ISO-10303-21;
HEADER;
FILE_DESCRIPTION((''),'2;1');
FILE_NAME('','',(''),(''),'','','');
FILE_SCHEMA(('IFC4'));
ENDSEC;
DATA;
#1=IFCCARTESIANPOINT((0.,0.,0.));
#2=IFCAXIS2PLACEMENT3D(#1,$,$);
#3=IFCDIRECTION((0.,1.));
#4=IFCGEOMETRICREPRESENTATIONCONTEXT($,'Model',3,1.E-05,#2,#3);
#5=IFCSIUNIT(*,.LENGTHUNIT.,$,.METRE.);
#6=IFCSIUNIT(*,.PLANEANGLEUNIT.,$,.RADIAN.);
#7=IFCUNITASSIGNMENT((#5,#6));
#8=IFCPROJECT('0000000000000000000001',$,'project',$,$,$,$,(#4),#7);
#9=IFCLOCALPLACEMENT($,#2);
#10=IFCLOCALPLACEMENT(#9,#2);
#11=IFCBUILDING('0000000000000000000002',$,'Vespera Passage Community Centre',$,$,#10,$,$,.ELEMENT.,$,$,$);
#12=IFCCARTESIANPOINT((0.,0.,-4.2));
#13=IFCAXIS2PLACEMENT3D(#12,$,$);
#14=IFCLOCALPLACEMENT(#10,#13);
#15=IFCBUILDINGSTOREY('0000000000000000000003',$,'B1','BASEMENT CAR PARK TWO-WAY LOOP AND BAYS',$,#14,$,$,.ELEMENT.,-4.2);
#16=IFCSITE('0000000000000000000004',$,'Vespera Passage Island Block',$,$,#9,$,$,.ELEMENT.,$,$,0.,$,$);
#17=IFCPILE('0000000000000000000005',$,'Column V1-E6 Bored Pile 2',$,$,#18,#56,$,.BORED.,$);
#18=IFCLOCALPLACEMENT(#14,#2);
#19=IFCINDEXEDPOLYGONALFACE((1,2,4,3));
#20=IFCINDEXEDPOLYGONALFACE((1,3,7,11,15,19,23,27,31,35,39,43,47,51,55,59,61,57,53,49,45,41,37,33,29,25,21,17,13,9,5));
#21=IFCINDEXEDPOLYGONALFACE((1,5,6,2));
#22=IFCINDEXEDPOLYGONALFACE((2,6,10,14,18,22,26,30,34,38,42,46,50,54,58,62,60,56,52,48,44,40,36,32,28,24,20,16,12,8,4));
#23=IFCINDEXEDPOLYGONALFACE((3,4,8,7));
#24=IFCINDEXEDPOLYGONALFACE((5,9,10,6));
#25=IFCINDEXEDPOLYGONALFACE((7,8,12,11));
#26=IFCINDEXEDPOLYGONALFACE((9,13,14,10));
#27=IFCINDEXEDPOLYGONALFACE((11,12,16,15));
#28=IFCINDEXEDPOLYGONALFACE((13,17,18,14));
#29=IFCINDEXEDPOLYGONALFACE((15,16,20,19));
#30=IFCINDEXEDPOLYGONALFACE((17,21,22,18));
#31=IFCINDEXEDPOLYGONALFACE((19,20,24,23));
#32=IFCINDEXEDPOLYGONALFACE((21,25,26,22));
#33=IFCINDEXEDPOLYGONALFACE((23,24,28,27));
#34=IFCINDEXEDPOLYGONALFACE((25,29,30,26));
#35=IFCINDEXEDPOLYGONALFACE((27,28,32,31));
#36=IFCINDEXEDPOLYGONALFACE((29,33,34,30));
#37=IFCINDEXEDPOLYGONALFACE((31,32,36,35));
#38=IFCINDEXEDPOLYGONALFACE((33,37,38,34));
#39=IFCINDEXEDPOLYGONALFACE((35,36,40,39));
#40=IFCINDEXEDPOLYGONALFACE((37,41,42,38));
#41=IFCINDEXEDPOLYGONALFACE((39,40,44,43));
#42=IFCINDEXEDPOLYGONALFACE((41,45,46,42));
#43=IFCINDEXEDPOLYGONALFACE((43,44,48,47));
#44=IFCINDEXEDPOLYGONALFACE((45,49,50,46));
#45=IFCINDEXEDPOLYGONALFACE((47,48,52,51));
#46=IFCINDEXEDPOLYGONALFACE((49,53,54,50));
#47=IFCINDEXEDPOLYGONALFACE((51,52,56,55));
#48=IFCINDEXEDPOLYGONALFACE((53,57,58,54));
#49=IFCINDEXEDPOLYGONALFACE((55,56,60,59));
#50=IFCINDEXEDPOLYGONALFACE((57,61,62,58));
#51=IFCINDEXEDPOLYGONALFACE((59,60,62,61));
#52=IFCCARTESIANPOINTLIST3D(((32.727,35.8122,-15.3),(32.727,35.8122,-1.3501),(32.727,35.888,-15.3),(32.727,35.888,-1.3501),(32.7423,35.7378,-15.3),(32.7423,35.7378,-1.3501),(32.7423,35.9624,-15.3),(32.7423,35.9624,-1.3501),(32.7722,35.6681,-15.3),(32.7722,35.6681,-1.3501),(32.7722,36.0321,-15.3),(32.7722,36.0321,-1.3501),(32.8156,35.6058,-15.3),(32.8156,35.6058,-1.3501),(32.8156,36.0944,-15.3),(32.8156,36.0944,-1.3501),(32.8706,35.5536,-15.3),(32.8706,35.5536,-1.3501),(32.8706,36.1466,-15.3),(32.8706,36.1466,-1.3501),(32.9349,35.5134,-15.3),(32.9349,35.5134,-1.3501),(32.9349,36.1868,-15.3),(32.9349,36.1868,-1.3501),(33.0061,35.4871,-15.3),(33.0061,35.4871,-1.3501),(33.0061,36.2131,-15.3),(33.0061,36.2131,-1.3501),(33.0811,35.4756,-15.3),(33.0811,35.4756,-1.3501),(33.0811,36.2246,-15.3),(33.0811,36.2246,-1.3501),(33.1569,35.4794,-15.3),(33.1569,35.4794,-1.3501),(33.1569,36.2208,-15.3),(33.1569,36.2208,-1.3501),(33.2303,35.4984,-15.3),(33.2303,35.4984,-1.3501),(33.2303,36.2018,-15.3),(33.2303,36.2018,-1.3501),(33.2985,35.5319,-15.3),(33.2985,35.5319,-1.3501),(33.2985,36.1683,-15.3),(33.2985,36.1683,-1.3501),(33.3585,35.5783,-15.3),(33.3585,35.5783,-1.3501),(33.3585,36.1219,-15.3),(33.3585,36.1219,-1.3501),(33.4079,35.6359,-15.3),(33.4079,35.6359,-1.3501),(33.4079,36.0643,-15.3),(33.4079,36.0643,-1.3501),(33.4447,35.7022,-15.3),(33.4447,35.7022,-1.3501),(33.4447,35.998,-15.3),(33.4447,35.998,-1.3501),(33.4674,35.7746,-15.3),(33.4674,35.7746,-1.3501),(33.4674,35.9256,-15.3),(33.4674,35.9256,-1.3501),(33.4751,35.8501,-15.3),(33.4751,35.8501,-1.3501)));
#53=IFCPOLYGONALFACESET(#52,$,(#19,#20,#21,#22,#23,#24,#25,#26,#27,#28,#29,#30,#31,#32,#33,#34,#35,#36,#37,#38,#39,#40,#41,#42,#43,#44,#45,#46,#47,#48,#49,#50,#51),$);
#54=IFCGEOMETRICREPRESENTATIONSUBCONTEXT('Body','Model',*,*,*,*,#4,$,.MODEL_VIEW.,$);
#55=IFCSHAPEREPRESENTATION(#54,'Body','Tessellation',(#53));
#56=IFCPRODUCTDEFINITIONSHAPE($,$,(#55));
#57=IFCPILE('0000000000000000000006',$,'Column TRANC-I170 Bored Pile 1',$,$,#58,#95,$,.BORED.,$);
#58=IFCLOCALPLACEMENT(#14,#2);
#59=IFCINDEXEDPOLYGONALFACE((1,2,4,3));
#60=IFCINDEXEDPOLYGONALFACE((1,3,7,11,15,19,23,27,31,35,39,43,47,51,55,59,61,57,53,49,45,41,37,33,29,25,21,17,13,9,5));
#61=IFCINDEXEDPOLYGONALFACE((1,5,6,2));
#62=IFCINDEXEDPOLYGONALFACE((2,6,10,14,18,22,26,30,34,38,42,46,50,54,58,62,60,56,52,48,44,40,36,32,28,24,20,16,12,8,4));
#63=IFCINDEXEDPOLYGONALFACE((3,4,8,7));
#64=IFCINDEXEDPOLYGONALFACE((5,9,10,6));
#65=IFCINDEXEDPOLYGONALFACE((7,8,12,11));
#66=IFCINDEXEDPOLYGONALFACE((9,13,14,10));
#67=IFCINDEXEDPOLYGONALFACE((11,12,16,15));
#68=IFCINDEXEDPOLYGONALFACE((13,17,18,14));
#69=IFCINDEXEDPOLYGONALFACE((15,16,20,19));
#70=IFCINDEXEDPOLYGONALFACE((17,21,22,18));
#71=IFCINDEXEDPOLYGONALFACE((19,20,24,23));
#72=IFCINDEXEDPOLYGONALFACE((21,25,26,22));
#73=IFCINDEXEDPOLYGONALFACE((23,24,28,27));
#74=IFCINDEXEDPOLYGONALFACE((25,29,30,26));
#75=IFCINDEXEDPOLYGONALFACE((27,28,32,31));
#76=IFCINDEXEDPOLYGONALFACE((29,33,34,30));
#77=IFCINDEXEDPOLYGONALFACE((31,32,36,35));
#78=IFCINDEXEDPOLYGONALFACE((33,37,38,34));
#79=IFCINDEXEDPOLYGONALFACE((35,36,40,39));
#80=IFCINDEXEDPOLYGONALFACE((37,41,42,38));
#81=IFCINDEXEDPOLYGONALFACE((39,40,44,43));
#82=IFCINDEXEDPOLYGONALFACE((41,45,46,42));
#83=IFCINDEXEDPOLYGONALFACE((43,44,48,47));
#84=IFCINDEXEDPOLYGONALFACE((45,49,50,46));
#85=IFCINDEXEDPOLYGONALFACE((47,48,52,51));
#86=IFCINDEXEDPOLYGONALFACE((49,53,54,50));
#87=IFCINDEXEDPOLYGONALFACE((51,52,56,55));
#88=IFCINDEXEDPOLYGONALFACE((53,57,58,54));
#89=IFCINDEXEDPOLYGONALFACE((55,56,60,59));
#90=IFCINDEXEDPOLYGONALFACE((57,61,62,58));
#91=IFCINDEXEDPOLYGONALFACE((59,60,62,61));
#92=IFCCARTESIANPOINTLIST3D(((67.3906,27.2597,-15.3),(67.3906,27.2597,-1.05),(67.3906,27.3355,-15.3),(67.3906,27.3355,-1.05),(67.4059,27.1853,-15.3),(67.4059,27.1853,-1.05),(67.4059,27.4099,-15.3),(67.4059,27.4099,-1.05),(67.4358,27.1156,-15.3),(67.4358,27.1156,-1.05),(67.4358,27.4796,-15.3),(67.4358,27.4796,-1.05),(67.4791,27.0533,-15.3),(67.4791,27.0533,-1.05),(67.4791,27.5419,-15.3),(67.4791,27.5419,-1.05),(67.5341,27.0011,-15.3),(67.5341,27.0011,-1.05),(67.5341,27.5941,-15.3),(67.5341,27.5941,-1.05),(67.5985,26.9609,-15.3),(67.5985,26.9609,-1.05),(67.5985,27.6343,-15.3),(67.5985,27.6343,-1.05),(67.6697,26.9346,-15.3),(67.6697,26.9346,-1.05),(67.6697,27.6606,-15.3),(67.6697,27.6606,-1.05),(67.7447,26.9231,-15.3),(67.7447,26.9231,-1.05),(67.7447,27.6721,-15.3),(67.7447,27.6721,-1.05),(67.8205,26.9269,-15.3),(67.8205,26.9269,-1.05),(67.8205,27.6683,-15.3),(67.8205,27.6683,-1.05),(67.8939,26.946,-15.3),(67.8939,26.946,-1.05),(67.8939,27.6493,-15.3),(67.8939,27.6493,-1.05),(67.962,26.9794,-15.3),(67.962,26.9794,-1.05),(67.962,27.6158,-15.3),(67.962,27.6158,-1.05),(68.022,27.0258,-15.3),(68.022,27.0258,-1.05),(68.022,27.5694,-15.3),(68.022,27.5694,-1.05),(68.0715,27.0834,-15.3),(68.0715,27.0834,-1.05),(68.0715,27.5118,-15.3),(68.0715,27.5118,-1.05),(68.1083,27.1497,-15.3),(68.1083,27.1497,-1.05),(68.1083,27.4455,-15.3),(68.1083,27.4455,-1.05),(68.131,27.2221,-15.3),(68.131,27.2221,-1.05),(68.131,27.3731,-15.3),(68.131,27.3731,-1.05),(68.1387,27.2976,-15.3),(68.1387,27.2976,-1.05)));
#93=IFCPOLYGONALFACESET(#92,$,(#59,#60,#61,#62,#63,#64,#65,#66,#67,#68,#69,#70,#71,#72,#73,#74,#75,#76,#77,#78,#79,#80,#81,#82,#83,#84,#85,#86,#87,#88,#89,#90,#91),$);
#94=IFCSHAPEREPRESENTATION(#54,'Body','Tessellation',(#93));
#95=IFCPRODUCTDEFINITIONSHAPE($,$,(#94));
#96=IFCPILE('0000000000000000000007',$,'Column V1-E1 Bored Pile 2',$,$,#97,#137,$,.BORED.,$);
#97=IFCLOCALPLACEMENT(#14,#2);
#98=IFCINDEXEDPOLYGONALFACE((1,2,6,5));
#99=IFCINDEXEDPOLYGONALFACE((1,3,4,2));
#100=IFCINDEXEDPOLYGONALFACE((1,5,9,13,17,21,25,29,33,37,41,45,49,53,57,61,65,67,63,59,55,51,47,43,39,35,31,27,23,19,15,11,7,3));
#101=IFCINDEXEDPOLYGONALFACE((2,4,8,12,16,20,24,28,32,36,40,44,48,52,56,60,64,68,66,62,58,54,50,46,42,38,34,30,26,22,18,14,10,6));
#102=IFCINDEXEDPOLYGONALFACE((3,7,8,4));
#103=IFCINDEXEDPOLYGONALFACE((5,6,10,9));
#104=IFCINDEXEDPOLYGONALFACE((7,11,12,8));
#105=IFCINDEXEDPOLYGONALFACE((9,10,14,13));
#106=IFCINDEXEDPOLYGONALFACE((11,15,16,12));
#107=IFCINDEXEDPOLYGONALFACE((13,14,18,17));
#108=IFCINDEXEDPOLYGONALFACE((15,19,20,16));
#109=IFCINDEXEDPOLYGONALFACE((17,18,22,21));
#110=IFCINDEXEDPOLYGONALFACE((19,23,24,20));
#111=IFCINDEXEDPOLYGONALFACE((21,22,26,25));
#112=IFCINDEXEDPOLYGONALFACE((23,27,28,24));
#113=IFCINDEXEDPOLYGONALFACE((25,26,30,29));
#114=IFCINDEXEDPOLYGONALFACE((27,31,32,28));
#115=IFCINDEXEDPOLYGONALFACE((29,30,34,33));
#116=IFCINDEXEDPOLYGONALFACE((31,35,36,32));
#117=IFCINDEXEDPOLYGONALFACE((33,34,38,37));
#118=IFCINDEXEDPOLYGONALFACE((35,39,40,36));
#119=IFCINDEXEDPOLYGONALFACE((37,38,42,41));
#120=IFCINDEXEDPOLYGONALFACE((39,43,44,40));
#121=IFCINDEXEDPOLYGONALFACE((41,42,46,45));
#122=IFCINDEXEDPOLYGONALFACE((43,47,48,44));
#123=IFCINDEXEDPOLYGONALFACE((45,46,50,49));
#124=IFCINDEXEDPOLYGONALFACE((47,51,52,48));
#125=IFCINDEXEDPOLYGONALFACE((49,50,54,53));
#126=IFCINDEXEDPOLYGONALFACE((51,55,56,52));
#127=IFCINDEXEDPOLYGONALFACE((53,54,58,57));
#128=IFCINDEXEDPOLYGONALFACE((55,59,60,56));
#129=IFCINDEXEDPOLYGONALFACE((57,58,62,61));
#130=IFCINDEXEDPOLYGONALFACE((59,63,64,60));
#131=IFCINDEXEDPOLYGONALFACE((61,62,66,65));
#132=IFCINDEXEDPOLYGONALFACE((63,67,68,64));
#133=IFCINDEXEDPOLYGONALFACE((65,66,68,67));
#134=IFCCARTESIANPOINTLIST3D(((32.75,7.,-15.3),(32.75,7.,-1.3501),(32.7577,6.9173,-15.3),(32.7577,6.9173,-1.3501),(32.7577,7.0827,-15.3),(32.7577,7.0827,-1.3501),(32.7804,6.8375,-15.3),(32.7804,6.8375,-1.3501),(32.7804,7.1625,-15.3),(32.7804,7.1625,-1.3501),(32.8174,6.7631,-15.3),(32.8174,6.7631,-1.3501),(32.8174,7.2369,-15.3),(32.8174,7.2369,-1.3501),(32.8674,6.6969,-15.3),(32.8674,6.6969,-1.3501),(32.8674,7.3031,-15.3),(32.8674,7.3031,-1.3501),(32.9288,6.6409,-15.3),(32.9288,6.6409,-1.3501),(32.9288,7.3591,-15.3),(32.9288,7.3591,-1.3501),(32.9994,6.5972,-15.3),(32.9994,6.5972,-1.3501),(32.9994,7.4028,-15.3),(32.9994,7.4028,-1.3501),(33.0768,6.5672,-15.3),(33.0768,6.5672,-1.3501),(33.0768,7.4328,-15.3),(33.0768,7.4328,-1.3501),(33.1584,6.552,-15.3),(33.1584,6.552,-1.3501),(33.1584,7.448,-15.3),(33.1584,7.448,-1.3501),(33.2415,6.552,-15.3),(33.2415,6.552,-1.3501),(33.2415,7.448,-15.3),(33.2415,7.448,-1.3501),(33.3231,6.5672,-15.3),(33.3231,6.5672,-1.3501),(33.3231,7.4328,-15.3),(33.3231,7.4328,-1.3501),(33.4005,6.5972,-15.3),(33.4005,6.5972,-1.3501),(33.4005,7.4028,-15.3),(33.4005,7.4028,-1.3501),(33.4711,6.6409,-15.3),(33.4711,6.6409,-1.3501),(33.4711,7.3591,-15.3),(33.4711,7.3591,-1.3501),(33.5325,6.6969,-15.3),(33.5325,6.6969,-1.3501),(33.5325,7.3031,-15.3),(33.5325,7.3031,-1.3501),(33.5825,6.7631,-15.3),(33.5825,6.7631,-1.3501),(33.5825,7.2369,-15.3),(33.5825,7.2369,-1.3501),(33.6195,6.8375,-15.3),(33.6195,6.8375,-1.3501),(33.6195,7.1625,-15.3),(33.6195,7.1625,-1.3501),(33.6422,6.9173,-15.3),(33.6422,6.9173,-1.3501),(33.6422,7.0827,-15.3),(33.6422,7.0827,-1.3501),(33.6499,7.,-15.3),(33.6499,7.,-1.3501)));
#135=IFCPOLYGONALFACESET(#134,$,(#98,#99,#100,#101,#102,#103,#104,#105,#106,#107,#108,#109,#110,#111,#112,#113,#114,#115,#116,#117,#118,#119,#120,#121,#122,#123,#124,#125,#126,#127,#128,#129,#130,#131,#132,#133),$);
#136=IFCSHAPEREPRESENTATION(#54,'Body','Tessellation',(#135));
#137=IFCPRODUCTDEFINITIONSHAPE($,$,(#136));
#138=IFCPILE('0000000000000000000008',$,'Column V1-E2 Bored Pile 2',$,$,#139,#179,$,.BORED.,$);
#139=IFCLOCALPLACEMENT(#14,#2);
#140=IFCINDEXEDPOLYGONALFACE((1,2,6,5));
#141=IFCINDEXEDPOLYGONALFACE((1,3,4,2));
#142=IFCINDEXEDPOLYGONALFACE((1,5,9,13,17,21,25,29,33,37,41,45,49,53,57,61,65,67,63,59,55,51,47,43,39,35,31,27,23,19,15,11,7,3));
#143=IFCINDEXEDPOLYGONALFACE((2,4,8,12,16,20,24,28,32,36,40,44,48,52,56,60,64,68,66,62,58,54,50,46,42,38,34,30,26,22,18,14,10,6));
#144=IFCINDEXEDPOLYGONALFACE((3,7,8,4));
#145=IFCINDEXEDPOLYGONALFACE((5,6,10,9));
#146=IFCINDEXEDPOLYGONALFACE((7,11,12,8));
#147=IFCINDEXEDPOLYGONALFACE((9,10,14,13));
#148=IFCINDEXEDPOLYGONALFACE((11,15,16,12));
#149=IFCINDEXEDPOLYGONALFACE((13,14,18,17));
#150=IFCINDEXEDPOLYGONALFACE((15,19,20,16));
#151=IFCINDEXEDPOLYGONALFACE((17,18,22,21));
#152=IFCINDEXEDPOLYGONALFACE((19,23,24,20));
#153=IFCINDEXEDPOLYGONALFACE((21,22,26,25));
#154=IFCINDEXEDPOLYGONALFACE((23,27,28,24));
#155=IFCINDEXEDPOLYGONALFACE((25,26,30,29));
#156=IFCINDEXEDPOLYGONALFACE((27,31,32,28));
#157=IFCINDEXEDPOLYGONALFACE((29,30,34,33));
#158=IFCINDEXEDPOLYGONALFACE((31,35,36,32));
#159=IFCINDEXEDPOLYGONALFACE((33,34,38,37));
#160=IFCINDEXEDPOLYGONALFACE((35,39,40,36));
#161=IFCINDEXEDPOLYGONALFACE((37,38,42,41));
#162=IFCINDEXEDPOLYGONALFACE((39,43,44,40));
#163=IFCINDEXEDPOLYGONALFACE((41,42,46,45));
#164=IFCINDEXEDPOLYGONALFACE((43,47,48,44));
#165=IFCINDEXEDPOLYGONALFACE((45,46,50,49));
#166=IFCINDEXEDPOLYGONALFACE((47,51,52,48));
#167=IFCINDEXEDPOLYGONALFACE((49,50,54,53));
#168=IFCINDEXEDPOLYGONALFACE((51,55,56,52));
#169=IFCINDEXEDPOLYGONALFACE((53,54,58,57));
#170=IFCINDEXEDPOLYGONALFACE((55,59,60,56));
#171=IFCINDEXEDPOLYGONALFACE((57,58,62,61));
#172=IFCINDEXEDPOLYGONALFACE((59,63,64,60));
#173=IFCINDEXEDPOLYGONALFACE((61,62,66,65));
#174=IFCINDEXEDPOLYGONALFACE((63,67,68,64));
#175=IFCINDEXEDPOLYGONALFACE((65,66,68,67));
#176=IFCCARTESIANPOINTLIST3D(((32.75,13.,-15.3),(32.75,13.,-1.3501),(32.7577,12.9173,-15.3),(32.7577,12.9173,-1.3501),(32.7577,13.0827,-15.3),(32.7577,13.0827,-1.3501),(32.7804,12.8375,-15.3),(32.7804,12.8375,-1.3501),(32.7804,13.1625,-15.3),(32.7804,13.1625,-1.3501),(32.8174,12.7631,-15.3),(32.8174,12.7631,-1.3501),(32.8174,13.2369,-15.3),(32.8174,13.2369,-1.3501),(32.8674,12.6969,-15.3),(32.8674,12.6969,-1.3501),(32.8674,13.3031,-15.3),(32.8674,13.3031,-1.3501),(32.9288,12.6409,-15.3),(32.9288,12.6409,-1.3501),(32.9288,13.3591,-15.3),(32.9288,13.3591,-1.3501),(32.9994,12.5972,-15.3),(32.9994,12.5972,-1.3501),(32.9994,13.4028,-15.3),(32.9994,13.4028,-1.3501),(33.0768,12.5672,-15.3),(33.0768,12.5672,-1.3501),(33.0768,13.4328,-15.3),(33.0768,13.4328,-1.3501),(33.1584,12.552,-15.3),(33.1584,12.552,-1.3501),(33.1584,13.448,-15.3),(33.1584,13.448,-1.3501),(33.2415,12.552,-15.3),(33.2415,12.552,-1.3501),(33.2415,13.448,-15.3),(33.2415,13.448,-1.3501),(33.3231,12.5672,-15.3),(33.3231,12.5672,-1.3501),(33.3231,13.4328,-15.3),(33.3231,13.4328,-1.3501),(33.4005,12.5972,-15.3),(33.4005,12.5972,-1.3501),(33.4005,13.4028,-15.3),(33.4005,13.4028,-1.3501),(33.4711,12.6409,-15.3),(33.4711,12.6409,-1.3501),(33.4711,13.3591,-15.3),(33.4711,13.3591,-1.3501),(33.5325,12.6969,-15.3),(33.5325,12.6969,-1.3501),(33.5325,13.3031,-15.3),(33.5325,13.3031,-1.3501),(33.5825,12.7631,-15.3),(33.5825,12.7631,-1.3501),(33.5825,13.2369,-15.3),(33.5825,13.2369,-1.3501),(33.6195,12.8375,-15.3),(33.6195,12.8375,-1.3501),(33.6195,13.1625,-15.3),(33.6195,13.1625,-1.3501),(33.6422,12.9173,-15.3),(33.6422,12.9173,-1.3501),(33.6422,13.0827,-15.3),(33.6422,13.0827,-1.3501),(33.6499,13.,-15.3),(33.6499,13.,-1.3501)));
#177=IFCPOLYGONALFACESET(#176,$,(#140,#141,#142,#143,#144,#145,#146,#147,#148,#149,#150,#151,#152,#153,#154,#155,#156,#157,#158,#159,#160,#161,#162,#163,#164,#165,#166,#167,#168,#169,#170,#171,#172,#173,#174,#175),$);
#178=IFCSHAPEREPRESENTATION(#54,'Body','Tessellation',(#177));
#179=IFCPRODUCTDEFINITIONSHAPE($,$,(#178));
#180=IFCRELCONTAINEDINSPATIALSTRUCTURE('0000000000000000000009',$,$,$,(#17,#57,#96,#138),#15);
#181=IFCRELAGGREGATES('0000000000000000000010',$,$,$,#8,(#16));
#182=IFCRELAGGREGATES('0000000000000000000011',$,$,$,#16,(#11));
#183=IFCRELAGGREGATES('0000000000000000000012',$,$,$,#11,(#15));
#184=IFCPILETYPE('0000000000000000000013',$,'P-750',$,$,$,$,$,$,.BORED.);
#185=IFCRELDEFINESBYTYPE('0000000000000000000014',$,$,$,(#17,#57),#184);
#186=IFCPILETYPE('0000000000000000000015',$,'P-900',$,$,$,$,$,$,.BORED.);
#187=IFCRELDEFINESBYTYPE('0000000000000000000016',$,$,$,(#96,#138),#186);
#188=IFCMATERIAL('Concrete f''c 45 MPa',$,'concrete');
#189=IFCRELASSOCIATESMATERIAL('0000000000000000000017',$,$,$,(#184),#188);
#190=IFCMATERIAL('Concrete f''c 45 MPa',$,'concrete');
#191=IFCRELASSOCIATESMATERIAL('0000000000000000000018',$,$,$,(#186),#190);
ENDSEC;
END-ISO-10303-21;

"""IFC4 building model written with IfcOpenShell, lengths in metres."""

from ifc_helpers import new_model, si_unit, direction, frame, origin, origin_2d, place, context, subcontext, project, spatial, circle, extrude, material, material_profile, profile_set, type_object, element, save


model = new_model("IFC4")

# Units and contexts
model_context = context("Model", 3, precision=1e-05, world=origin(), true_north=direction((0.0, 1.0)))
body_context = subcontext(model_context, "Body", "Model", "MODEL_VIEW")
ifc_project = project(units=[si_unit("LENGTHUNIT", "METRE"), si_unit("PLANEANGLEUNIT", "RADIAN")], contexts=[model_context])

# Site, building, storey
site_placement = place(None, origin())
site = spatial("IfcSite", under=ifc_project, at=site_placement, Name="Vespera Passage Island Block", CompositionType="ELEMENT", RefElevation=0.0)
building_placement = place(site_placement, origin())
building = spatial("IfcBuilding", under=site, at=building_placement, Name="Vespera Passage Community Centre", CompositionType="ELEMENT")
storey_placement = place(building_placement, frame((0.0, 0.0, -4.2)))
storey = spatial("IfcBuildingStorey", under=building, at=storey_placement, Name="B1", Description="BASEMENT CAR PARK TWO-WAY LOOP AND BAYS", CompositionType="ELEMENT", Elevation=-4.2)

# Piles
ifc_material_1 = material(Name="Concrete f'c 45 MPa", Category="concrete")
ifc_material_profile_1 = material_profile(ifc_material_1, circle(Radius=0.375, at=origin_2d()), Name="PILE750DIA")
ifc_profile_set_1 = profile_set([ifc_material_profile_1], Name="Concrete f'c 45 MPa")
pile_type_1 = type_object("IfcPileType", Name="P-750", PredefinedType="BORED", material=ifc_profile_set_1)
for number, where, z_axis, x_axis, name in (
    (1, (33.1001, 35.8501, -1.3501), (0.0, 0.0, -1.0), (1.0, 0.0, 0.0), "Column V1-E6 Bored Pile 2"),
):
    element("IfcPile", number, at=place(storey_placement, frame(where, z_axis=z_axis, x_axis=x_axis)), inside=storey, type_object=pile_type_1, Name=name, PredefinedType="BORED", context=body_context, shape_type="SweptSolid", body=[
        extrude(circle(Radius=0.375, at=origin_2d()), origin(), (0.0, 0.0, 1.0), 13.95),
    ])
pile_placement = place(storey_placement, frame((67.7637, 27.2976, -1.05), z_axis=(0.0, 0.0, -1.0), x_axis=(1.0, 0.0, 0.0)))
element("IfcPile", 2, at=pile_placement, inside=storey, type_object=pile_type_1, Name="Column TRANC-I170 Bored Pile 1", PredefinedType="BORED", context=body_context, shape_type="SweptSolid", body=[
    extrude(circle(Radius=0.375, at=origin_2d()), origin(), (0.0, 0.0, 1.0), 14.25),
])
ifc_material_2 = material(Name="Concrete f'c 45 MPa", Category="concrete")
ifc_material_profile_2 = material_profile(ifc_material_2, circle(Radius=0.45, at=origin_2d()), Name="PILE900DIA")
ifc_profile_set_2 = profile_set([ifc_material_profile_2], Name="Concrete f'c 45 MPa")
pile_type_2 = type_object("IfcPileType", Name="P-900", PredefinedType="BORED", material=ifc_profile_set_2)
for number, where, z_axis, x_axis, name in (
    (3, (33.2, 7.0, -1.3501), (0.0, 0.0, -1.0), (1.0, 0.0, 0.0), "Column V1-E1 Bored Pile 2"),
    (4, (33.2, 13.0, -1.3501), (0.0, 0.0, -1.0), (1.0, 0.0, 0.0), "Column V1-E2 Bored Pile 2"),
):
    element("IfcPile", number, at=place(storey_placement, frame(where, z_axis=z_axis, x_axis=x_axis)), inside=storey, type_object=pile_type_2, Name=name, PredefinedType="BORED", context=body_context, shape_type="SweptSolid", body=[
        extrude(circle(Radius=0.45, at=origin_2d()), origin(), (0.0, 0.0, 1.0), 13.95),
    ])

save(model, "model.ifc")
